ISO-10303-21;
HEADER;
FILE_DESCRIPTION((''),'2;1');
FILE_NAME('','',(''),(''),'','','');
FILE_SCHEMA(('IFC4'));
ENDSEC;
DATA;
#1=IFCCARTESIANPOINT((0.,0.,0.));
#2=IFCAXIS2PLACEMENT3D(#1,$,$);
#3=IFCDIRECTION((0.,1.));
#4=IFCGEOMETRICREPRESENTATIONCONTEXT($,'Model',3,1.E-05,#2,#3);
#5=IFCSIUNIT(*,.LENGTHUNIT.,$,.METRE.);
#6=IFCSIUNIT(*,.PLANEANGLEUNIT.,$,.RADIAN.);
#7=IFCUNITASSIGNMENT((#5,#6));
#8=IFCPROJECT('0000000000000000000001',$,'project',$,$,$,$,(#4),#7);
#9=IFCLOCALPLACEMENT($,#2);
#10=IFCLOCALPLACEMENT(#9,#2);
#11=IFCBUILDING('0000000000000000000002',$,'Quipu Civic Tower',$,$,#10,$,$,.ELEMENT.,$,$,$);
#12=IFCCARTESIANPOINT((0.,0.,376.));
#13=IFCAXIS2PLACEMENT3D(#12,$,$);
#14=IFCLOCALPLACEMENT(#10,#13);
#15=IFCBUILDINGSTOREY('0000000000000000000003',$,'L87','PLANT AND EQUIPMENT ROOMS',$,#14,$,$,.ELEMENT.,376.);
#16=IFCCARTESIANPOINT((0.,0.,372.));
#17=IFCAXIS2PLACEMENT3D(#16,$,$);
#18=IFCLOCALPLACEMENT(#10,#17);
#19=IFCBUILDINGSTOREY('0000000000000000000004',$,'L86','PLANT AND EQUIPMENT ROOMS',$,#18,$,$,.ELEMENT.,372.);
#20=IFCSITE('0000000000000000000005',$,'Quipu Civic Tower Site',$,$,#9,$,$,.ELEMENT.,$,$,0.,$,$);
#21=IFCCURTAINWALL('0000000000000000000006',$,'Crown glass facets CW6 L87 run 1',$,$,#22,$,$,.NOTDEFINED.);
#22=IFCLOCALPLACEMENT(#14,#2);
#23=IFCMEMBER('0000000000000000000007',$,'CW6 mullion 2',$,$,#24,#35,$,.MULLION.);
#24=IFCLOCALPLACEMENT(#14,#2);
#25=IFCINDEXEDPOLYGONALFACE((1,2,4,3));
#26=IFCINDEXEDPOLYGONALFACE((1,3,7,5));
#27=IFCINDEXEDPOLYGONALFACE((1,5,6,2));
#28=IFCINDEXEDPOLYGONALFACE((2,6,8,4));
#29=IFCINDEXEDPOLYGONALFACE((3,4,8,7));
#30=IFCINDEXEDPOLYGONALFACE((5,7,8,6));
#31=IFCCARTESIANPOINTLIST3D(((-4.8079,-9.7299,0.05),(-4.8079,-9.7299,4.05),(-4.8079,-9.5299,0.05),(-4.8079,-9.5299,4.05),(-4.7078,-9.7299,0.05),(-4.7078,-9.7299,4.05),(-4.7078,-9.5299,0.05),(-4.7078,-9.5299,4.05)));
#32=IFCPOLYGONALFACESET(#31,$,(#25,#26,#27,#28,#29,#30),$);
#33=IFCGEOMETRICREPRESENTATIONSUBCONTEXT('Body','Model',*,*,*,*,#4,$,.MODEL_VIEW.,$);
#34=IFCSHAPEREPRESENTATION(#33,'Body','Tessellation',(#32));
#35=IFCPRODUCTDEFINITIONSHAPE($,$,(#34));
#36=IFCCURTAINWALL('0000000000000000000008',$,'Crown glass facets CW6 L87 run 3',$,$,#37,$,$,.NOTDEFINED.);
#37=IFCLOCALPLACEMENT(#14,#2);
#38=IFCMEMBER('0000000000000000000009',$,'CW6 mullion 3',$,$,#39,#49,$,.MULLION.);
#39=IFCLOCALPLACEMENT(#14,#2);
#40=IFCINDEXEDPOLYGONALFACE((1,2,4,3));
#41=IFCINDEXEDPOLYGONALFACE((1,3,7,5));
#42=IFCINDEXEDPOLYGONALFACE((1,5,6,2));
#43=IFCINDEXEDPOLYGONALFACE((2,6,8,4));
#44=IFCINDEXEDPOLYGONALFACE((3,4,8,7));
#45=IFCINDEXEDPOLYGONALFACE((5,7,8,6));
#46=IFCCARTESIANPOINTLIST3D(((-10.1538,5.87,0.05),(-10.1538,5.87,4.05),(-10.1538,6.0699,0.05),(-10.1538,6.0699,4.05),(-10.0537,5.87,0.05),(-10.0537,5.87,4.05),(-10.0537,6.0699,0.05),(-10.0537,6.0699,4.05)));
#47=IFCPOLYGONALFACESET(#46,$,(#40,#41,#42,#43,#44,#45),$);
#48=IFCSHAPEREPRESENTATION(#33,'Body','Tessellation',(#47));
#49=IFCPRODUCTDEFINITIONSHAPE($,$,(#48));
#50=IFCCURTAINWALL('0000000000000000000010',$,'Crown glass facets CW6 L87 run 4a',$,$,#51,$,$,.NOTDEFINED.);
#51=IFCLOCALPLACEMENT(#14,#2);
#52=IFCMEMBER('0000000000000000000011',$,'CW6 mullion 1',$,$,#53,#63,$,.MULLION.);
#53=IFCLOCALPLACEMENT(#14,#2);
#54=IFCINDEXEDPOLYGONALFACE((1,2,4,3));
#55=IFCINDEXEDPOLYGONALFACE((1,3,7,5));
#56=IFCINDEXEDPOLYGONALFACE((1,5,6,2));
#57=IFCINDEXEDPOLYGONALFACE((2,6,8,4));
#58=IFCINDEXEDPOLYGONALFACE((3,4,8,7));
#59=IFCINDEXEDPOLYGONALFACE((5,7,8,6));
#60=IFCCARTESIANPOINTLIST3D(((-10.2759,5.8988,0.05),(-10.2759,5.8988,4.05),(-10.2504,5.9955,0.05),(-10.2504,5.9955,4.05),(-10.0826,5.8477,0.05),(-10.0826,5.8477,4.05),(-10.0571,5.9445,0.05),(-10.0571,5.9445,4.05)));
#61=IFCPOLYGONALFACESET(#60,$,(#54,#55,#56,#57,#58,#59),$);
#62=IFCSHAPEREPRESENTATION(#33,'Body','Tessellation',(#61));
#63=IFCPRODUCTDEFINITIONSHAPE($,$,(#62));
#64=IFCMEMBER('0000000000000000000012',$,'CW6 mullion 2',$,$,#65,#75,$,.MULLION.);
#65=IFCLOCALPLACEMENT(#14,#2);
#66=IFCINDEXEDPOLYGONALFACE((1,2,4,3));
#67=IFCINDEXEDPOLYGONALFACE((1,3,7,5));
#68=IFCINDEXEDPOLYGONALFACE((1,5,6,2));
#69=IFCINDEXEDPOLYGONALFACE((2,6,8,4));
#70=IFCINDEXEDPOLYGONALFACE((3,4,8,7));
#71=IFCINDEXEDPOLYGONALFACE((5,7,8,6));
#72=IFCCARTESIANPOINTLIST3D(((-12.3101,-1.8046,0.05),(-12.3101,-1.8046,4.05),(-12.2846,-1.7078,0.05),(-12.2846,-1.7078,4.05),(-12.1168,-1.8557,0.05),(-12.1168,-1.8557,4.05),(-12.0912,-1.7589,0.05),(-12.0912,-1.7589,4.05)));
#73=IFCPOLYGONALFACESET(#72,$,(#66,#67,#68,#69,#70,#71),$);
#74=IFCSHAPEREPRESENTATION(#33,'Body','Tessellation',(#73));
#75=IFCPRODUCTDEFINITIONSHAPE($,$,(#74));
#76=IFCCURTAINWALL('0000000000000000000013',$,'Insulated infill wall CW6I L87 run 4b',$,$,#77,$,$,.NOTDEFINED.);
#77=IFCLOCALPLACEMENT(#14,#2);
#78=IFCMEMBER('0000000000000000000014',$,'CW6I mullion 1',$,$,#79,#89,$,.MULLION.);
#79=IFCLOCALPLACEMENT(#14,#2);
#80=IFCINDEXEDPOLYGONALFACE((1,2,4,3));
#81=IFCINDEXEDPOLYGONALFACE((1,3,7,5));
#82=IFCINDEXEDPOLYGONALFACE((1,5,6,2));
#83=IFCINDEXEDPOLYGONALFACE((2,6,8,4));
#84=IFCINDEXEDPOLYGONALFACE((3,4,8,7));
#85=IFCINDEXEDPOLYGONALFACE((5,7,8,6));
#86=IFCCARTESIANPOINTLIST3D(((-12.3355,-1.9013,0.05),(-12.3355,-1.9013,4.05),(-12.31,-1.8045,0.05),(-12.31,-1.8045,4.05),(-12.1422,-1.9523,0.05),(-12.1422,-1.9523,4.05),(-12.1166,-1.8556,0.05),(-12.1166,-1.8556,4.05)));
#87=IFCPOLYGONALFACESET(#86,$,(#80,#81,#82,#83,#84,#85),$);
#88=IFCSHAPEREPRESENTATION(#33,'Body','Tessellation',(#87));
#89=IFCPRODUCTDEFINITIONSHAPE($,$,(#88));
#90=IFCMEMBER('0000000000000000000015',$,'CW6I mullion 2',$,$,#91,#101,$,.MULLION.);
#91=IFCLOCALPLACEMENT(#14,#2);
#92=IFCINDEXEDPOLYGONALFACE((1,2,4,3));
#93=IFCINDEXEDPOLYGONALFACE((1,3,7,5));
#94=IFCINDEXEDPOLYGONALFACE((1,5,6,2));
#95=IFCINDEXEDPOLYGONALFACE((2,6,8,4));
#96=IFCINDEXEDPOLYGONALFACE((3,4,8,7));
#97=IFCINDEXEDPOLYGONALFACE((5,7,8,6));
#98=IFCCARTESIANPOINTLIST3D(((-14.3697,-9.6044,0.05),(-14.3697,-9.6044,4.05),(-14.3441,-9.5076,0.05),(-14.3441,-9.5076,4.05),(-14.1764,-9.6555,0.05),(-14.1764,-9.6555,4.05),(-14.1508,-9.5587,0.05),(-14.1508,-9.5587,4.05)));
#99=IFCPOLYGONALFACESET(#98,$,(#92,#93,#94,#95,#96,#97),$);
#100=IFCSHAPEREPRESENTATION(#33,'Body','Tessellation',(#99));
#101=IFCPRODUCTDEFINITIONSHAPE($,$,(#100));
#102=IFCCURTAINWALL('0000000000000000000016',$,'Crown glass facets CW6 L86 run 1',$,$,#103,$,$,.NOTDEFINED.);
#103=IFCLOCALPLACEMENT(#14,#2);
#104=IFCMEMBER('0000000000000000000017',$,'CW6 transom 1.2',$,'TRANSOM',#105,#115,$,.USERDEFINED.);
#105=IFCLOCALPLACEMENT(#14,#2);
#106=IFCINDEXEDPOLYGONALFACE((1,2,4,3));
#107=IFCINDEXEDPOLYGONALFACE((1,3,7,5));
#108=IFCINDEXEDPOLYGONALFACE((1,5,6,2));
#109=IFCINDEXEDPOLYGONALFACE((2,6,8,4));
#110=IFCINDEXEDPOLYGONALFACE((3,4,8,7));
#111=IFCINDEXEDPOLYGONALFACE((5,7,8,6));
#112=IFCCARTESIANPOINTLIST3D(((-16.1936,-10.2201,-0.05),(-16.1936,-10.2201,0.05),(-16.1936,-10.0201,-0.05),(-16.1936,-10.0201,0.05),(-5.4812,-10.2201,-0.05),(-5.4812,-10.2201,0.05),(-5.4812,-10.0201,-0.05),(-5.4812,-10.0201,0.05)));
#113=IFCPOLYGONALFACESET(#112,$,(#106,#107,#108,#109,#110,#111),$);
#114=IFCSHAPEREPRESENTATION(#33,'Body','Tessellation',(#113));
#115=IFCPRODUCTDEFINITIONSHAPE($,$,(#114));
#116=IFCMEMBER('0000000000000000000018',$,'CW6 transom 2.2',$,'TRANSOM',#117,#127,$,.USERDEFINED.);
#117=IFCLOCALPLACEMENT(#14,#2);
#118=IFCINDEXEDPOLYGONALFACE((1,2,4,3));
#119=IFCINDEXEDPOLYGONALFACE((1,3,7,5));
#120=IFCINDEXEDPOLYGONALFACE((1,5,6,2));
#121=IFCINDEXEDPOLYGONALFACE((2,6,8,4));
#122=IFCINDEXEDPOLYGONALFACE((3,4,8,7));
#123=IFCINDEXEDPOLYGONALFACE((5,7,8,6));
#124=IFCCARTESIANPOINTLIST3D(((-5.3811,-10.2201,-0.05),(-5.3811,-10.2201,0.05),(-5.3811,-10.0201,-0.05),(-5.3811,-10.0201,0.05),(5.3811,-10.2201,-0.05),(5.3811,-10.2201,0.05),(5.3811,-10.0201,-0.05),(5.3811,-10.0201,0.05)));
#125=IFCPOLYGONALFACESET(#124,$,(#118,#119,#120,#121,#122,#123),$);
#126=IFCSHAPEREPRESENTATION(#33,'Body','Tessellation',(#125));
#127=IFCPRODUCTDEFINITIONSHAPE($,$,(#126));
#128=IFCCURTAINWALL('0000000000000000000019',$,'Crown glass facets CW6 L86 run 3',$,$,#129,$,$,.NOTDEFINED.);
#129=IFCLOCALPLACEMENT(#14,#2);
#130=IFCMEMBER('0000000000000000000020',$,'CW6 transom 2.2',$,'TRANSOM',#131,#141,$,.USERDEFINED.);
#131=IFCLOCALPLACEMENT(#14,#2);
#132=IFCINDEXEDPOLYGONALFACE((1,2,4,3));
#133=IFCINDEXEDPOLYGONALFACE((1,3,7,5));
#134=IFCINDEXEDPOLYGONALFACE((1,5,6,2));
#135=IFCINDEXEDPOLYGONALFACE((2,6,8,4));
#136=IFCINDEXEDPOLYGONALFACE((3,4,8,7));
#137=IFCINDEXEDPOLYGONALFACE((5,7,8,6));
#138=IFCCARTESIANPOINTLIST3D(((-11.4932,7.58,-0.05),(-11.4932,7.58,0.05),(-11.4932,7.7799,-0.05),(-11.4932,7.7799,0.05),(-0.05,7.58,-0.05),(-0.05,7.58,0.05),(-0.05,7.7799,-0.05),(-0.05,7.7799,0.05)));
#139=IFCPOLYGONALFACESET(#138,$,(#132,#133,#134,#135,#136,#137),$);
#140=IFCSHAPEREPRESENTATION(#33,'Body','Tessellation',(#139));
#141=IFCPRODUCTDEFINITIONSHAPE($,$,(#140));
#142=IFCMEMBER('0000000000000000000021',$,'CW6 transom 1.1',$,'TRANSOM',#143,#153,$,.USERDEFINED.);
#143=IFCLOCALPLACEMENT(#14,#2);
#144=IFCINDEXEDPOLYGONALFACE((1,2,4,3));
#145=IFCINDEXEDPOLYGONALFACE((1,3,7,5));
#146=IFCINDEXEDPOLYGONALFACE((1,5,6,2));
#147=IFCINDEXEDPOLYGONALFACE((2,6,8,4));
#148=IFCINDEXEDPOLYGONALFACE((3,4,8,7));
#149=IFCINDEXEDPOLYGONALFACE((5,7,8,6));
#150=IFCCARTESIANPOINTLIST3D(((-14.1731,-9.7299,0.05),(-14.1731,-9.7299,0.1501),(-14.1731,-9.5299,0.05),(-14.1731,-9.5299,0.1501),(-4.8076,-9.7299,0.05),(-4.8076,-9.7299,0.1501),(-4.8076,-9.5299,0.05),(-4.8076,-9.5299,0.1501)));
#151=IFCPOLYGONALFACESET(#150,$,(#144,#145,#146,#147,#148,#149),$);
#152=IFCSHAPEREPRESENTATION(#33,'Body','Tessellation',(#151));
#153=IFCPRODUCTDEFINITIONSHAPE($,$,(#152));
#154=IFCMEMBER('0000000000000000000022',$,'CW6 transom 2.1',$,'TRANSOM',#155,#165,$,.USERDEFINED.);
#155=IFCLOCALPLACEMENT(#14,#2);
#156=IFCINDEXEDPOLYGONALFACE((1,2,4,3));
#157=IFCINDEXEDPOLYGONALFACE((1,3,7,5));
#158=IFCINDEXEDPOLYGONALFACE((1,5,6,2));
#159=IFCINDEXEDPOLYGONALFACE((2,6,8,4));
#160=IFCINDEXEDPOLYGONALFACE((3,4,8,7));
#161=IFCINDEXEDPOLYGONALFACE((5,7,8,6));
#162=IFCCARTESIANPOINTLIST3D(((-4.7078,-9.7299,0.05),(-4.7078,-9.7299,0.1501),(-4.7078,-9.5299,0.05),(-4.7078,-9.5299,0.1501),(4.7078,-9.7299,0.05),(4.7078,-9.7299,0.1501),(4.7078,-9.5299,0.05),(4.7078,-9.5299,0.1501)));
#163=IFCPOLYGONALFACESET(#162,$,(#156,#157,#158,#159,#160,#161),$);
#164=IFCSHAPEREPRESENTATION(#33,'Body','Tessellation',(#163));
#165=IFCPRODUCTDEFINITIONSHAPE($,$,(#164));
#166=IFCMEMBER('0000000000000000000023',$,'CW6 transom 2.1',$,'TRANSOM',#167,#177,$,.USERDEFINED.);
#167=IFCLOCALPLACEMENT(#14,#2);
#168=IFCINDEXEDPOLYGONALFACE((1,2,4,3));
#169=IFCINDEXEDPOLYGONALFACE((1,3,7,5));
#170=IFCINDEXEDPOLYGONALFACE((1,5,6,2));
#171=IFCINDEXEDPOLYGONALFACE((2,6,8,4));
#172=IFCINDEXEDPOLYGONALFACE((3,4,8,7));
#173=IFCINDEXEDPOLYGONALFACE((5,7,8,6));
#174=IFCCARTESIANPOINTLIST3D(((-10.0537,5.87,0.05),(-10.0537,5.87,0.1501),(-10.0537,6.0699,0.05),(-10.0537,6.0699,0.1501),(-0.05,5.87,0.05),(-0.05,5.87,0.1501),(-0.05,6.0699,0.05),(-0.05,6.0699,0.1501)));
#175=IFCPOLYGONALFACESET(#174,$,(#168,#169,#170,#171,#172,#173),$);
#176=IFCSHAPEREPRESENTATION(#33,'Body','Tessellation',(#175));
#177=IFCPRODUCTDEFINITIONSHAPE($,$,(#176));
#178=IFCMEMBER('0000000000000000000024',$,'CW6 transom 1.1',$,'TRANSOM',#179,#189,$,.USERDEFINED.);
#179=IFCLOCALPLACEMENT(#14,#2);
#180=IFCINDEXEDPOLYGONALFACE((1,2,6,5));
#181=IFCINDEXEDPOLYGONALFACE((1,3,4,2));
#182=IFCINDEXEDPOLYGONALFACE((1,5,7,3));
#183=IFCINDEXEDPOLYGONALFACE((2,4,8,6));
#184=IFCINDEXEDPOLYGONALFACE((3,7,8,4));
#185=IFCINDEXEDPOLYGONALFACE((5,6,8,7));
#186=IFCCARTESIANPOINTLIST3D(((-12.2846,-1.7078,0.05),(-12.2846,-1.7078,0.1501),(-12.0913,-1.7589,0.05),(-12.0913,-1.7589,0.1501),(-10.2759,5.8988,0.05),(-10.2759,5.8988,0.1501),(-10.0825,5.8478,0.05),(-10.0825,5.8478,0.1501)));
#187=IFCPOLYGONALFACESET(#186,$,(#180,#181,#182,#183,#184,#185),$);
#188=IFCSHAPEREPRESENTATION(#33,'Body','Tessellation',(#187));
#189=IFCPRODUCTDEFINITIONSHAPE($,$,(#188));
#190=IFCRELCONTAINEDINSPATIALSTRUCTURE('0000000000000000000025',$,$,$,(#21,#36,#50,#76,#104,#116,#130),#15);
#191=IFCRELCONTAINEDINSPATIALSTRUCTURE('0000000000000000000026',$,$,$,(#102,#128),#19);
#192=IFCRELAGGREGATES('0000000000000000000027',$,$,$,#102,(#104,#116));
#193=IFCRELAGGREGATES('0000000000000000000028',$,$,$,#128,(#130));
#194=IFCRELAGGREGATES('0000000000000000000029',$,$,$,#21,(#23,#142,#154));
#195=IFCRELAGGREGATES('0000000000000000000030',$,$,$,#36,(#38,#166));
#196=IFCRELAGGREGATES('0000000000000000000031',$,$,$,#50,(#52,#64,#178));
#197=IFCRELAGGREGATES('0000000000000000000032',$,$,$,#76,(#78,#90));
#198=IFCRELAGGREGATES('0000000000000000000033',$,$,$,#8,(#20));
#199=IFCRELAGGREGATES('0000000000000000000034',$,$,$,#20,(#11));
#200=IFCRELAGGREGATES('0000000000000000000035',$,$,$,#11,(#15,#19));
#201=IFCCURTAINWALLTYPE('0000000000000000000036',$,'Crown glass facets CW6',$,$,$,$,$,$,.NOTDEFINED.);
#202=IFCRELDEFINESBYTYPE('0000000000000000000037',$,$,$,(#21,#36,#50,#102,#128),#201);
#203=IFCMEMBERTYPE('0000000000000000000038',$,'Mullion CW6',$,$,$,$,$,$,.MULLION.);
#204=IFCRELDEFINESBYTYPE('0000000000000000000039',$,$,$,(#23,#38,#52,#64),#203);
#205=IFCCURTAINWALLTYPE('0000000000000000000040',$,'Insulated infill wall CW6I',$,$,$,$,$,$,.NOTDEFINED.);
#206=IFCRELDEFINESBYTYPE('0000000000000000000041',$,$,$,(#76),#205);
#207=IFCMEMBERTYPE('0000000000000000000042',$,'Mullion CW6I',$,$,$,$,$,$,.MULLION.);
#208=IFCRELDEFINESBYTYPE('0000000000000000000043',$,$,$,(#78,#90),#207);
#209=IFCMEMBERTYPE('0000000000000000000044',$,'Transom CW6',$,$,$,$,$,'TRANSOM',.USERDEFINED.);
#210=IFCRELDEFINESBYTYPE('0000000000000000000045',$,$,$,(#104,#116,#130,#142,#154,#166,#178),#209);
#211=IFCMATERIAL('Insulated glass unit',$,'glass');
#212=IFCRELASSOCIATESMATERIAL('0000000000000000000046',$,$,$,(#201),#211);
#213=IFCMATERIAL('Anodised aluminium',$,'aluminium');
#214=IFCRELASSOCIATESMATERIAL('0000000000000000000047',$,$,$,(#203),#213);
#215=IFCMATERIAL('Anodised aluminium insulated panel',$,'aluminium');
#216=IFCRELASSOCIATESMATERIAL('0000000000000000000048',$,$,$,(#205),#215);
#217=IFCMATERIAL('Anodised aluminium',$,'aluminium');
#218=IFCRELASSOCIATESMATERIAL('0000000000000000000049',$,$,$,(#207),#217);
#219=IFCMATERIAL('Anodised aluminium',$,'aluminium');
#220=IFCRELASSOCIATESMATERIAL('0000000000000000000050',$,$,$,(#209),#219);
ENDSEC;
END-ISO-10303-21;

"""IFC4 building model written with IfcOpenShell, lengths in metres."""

from ifc_helpers import new_model, si_unit, direction, frame, origin, origin_2d, place, context, subcontext, project, spatial, rectangle, extrude, material, material_profile, profile_set, type_object, element, aggregate, save


model = new_model("IFC4")

# Units and contexts
model_context = context("Model", 3, precision=1e-05, world=origin(), true_north=direction((0.0, 1.0)))
body_context = subcontext(model_context, "Body", "Model", "MODEL_VIEW")
ifc_project = project(units=[si_unit("LENGTHUNIT", "METRE"), si_unit("PLANEANGLEUNIT", "RADIAN")], contexts=[model_context])

# Site, building, storey
site_placement = place(None, origin())
site = spatial("IfcSite", under=ifc_project, at=site_placement, Name="Quipu Civic Tower Site", CompositionType="ELEMENT", RefElevation=0.0)
building_placement = place(site_placement, origin())
building = spatial("IfcBuilding", under=site, at=building_placement, Name="Quipu Civic Tower", CompositionType="ELEMENT")
storey_1_placement = place(building_placement, frame((0.0, 0.0, 376.0)))
storey_1 = spatial("IfcBuildingStorey", under=building, at=storey_1_placement, Name="L87", Description="PLANT AND EQUIPMENT ROOMS", CompositionType="ELEMENT", Elevation=376.0)

# Curtain wall, member
ifc_material_1 = material(Name="Insulated glass unit", Category="glass")
curtain_wall_type_1 = type_object("IfcCurtainWallType", Name="Crown glass facets CW6", PredefinedType="NOTDEFINED", material=ifc_material_1)
curtain_wall_1_placement = place(storey_1_placement, origin())
curtain_wall_1 = element("IfcCurtainWall", 1, at=curtain_wall_1_placement, inside=storey_1, type_object=curtain_wall_type_1, Name="Crown glass facets CW6 L87 run 1", PredefinedType="NOTDEFINED")
ifc_material_2 = material(Name="Anodised aluminium", Category="aluminium")
ifc_material_profile_1 = material_profile(ifc_material_2, rectangle(XDim=0.2, YDim=0.1001, at=origin_2d()), Name="RECT 200x100")
ifc_profile_set_1 = profile_set([ifc_material_profile_1], Name="Anodised aluminium")
member_type_1 = type_object("IfcMemberType", Name="Mullion CW6", PredefinedType="MULLION", material=ifc_profile_set_1)
member_1_placement = place(storey_1_placement, frame((-4.7578, -9.6299, 0.05), z_axis=(0.0, 0.0, 1.0), x_axis=(0.0, 1.0, 0.0)))
member_1 = element("IfcMember", 2, at=member_1_placement, type_object=member_type_1, Name="CW6 mullion 2", PredefinedType="MULLION", context=body_context, shape_type="SweptSolid", body=[
    extrude(rectangle(XDim=0.2, YDim=0.1001, at=origin_2d()), origin(), (0.0, 0.0, 1.0), 4.0),
])

# Curtain wall, member
curtain_wall_2_placement = place(storey_1_placement, origin())
curtain_wall_2 = element("IfcCurtainWall", 3, at=curtain_wall_2_placement, inside=storey_1, type_object=curtain_wall_type_1, Name="Crown glass facets CW6 L87 run 3", PredefinedType="NOTDEFINED")
member_2_placement = place(storey_1_placement, frame((-10.1038, 5.97, 0.05), z_axis=(0.0, 0.0, 1.0), x_axis=(0.0, -1.0, 0.0)))
member_2 = element("IfcMember", 4, at=member_2_placement, type_object=member_type_1, Name="CW6 mullion 3", PredefinedType="MULLION", context=body_context, shape_type="SweptSolid", body=[
    extrude(rectangle(XDim=0.2, YDim=0.1001, at=origin_2d()), origin(), (0.0, 0.0, 1.0), 4.0),
])

# Curtain walls, members
curtain_wall_3_placement = place(storey_1_placement, origin())
curtain_wall_3 = element("IfcCurtainWall", 5, at=curtain_wall_3_placement, inside=storey_1, type_object=curtain_wall_type_1, Name="Crown glass facets CW6 L87 run 4a", PredefinedType="NOTDEFINED")
member_3_placement = place(storey_1_placement, frame((-10.1665, 5.9216, 0.05), z_axis=(0.0, 0.0, 1.0), x_axis=(0.966859, -0.255313, 0.0)))
member_3 = element("IfcMember", 6, at=member_3_placement, type_object=member_type_1, Name="CW6 mullion 1", PredefinedType="MULLION", context=body_context, shape_type="SweptSolid", body=[
    extrude(rectangle(XDim=0.2, YDim=0.1001, at=origin_2d()), origin(), (0.0, 0.0, 1.0), 4.0),
])
member_4_placement = place(storey_1_placement, frame((-12.2007, -1.7817, 0.05), z_axis=(0.0, 0.0, 1.0), x_axis=(0.966859, -0.255313, 0.0)))
member_4 = element("IfcMember", 7, at=member_4_placement, type_object=member_type_1, Name="CW6 mullion 2", PredefinedType="MULLION", context=body_context, shape_type="SweptSolid", body=[
    extrude(rectangle(XDim=0.2, YDim=0.1001, at=origin_2d()), origin(), (0.0, 0.0, 1.0), 4.0),
])
ifc_material_3 = material(Name="Anodised aluminium insulated panel", Category="aluminium")
curtain_wall_type_2 = type_object("IfcCurtainWallType", Name="Insulated infill wall CW6I", PredefinedType="NOTDEFINED", material=ifc_material_3)
curtain_wall_4_placement = place(storey_1_placement, origin())
curtain_wall_4 = element("IfcCurtainWall", 8, at=curtain_wall_4_placement, inside=storey_1, type_object=curtain_wall_type_2, Name="Insulated infill wall CW6I L87 run 4b", PredefinedType="NOTDEFINED")
ifc_material_4 = material(Name="Anodised aluminium", Category="aluminium")
ifc_material_profile_2 = material_profile(ifc_material_4, rectangle(XDim=0.2, YDim=0.1001, at=origin_2d()), Name="RECT 200x100")
ifc_profile_set_2 = profile_set([ifc_material_profile_2], Name="Anodised aluminium")
member_type_2 = type_object("IfcMemberType", Name="Mullion CW6I", PredefinedType="MULLION", material=ifc_profile_set_2)
member_5_placement = place(storey_1_placement, frame((-12.2261, -1.8784, 0.05), z_axis=(0.0, 0.0, 1.0), x_axis=(0.966859, -0.255313, 0.0)))
member_5 = element("IfcMember", 9, at=member_5_placement, type_object=member_type_2, Name="CW6I mullion 1", PredefinedType="MULLION", context=body_context, shape_type="SweptSolid", body=[
    extrude(rectangle(XDim=0.2, YDim=0.1001, at=origin_2d()), origin(), (0.0, 0.0, 1.0), 4.0),
])
member_6_placement = place(storey_1_placement, frame((-14.2603, -9.5815, 0.05), z_axis=(0.0, 0.0, 1.0), x_axis=(0.966859, -0.255313, 0.0)))
member_6 = element("IfcMember", 10, at=member_6_placement, type_object=member_type_2, Name="CW6I mullion 2", PredefinedType="MULLION", context=body_context, shape_type="SweptSolid", body=[
    extrude(rectangle(XDim=0.2, YDim=0.1001, at=origin_2d()), origin(), (0.0, 0.0, 1.0), 4.0),
])

# Shared definitions
storey_2_placement = place(building_placement, frame((0.0, 0.0, 372.0)))
storey_2 = spatial("IfcBuildingStorey", under=building, at=storey_2_placement, Name="L86", Description="PLANT AND EQUIPMENT ROOMS", CompositionType="ELEMENT", Elevation=372.0)

# Curtain wall, members
curtain_wall_5_placement = place(storey_2_placement, origin())
curtain_wall_5 = element("IfcCurtainWall", 11, at=curtain_wall_5_placement, inside=storey_2, type_object=curtain_wall_type_1, Name="Crown glass facets CW6 L86 run 1", PredefinedType="NOTDEFINED")
ifc_material_5 = material(Name="Anodised aluminium", Category="aluminium")
ifc_material_profile_3 = material_profile(ifc_material_5, rectangle(XDim=0.2, YDim=0.1001, at=origin_2d()), Name="RECT 200x100")
ifc_profile_set_3 = profile_set([ifc_material_profile_3], Name="Anodised aluminium")
member_type_3 = type_object("IfcMemberType", Name="Transom CW6", ElementType="TRANSOM", PredefinedType="USERDEFINED", material=ifc_profile_set_3)
member_7_placement = place(storey_1_placement, frame((-16.1936, -10.1201, 0.0), z_axis=(1.0, 0.0, 0.0), x_axis=(0.0, 1.0, 0.0)))
member_7 = element("IfcMember", 12, at=member_7_placement, inside=storey_1, type_object=member_type_3, Name="CW6 transom 1.2", ObjectType="TRANSOM", PredefinedType="USERDEFINED", context=body_context, shape_type="SweptSolid", body=[
    extrude(rectangle(XDim=0.2, YDim=0.1001, at=origin_2d()), origin(), (0.0, 0.0, 1.0), 10.7124),
])
member_8_placement = place(storey_1_placement, frame((-5.3811, -10.1201, 0.0), z_axis=(1.0, 0.0, 0.0), x_axis=(0.0, 1.0, 0.0)))
member_8 = element("IfcMember", 13, at=member_8_placement, inside=storey_1, type_object=member_type_3, Name="CW6 transom 2.2", ObjectType="TRANSOM", PredefinedType="USERDEFINED", context=body_context, shape_type="SweptSolid", body=[
    extrude(rectangle(XDim=0.2, YDim=0.1001, at=origin_2d()), origin(), (0.0, 0.0, 1.0), 10.7622),
])
aggregate(curtain_wall_5, [member_7, member_8])

# Curtain wall, member
curtain_wall_6_placement = place(storey_2_placement, origin())
curtain_wall_6 = element("IfcCurtainWall", 14, at=curtain_wall_6_placement, inside=storey_2, type_object=curtain_wall_type_1, Name="Crown glass facets CW6 L86 run 3", PredefinedType="NOTDEFINED")
member_9_placement = place(storey_1_placement, frame((-0.05, 7.6799, 0.0), z_axis=(-1.0, 0.0, 0.0), x_axis=(0.0, -1.0, 0.0)))
member_9 = element("IfcMember", 15, at=member_9_placement, inside=storey_1, type_object=member_type_3, Name="CW6 transom 2.2", ObjectType="TRANSOM", PredefinedType="USERDEFINED", context=body_context, shape_type="SweptSolid", body=[
    extrude(rectangle(XDim=0.2, YDim=0.1001, at=origin_2d()), origin(), (0.0, 0.0, 1.0), 11.4431),
])
aggregate(curtain_wall_6, [member_9])

# Members
member_10_placement = place(storey_1_placement, frame((-14.1731, -9.6299, 0.1001), z_axis=(1.0, 0.0, 0.0), x_axis=(0.0, 1.0, 0.0)))
member_10 = element("IfcMember", 16, at=member_10_placement, type_object=member_type_3, Name="CW6 transom 1.1", ObjectType="TRANSOM", PredefinedType="USERDEFINED", context=body_context, shape_type="SweptSolid", body=[
    extrude(rectangle(XDim=0.2, YDim=0.1001, at=origin_2d()), origin(), (0.0, 0.0, 1.0), 9.3655),
])
member_11_placement = place(storey_1_placement, frame((-4.7078, -9.6299, 0.1001), z_axis=(1.0, 0.0, 0.0), x_axis=(0.0, 1.0, 0.0)))
member_11 = element("IfcMember", 17, at=member_11_placement, type_object=member_type_3, Name="CW6 transom 2.1", ObjectType="TRANSOM", PredefinedType="USERDEFINED", context=body_context, shape_type="SweptSolid", body=[
    extrude(rectangle(XDim=0.2, YDim=0.1001, at=origin_2d()), origin(), (0.0, 0.0, 1.0), 9.4155),
])
member_12_placement = place(storey_1_placement, frame((-0.05, 5.97, 0.1001), z_axis=(-1.0, 0.0, 0.0), x_axis=(0.0, -1.0, 0.0)))
member_12 = element("IfcMember", 18, at=member_12_placement, type_object=member_type_3, Name="CW6 transom 2.1", ObjectType="TRANSOM", PredefinedType="USERDEFINED", context=body_context, shape_type="SweptSolid", body=[
    extrude(rectangle(XDim=0.2, YDim=0.1001, at=origin_2d()), origin(), (0.0, 0.0, 1.0), 10.0037),
])
member_13_placement = place(storey_1_placement, frame((-10.1792, 5.8733, 0.1001), z_axis=(-0.255329, -0.966854, 0.0), x_axis=(0.966854, -0.255329, 0.0)))
member_13 = element("IfcMember", 19, at=member_13_placement, type_object=member_type_3, Name="CW6 transom 1.1", ObjectType="TRANSOM", PredefinedType="USERDEFINED", context=body_context, shape_type="SweptSolid", body=[
    extrude(rectangle(XDim=0.2, YDim=0.1001, at=origin_2d()), origin(), (0.0, 0.0, 1.0), 7.8674),
])

aggregate(curtain_wall_1, [member_1, member_10, member_11])
aggregate(curtain_wall_2, [member_2, member_12])
aggregate(curtain_wall_3, [member_3, member_4, member_13])
aggregate(curtain_wall_4, [member_5, member_6])

save(model, "model.ifc")
